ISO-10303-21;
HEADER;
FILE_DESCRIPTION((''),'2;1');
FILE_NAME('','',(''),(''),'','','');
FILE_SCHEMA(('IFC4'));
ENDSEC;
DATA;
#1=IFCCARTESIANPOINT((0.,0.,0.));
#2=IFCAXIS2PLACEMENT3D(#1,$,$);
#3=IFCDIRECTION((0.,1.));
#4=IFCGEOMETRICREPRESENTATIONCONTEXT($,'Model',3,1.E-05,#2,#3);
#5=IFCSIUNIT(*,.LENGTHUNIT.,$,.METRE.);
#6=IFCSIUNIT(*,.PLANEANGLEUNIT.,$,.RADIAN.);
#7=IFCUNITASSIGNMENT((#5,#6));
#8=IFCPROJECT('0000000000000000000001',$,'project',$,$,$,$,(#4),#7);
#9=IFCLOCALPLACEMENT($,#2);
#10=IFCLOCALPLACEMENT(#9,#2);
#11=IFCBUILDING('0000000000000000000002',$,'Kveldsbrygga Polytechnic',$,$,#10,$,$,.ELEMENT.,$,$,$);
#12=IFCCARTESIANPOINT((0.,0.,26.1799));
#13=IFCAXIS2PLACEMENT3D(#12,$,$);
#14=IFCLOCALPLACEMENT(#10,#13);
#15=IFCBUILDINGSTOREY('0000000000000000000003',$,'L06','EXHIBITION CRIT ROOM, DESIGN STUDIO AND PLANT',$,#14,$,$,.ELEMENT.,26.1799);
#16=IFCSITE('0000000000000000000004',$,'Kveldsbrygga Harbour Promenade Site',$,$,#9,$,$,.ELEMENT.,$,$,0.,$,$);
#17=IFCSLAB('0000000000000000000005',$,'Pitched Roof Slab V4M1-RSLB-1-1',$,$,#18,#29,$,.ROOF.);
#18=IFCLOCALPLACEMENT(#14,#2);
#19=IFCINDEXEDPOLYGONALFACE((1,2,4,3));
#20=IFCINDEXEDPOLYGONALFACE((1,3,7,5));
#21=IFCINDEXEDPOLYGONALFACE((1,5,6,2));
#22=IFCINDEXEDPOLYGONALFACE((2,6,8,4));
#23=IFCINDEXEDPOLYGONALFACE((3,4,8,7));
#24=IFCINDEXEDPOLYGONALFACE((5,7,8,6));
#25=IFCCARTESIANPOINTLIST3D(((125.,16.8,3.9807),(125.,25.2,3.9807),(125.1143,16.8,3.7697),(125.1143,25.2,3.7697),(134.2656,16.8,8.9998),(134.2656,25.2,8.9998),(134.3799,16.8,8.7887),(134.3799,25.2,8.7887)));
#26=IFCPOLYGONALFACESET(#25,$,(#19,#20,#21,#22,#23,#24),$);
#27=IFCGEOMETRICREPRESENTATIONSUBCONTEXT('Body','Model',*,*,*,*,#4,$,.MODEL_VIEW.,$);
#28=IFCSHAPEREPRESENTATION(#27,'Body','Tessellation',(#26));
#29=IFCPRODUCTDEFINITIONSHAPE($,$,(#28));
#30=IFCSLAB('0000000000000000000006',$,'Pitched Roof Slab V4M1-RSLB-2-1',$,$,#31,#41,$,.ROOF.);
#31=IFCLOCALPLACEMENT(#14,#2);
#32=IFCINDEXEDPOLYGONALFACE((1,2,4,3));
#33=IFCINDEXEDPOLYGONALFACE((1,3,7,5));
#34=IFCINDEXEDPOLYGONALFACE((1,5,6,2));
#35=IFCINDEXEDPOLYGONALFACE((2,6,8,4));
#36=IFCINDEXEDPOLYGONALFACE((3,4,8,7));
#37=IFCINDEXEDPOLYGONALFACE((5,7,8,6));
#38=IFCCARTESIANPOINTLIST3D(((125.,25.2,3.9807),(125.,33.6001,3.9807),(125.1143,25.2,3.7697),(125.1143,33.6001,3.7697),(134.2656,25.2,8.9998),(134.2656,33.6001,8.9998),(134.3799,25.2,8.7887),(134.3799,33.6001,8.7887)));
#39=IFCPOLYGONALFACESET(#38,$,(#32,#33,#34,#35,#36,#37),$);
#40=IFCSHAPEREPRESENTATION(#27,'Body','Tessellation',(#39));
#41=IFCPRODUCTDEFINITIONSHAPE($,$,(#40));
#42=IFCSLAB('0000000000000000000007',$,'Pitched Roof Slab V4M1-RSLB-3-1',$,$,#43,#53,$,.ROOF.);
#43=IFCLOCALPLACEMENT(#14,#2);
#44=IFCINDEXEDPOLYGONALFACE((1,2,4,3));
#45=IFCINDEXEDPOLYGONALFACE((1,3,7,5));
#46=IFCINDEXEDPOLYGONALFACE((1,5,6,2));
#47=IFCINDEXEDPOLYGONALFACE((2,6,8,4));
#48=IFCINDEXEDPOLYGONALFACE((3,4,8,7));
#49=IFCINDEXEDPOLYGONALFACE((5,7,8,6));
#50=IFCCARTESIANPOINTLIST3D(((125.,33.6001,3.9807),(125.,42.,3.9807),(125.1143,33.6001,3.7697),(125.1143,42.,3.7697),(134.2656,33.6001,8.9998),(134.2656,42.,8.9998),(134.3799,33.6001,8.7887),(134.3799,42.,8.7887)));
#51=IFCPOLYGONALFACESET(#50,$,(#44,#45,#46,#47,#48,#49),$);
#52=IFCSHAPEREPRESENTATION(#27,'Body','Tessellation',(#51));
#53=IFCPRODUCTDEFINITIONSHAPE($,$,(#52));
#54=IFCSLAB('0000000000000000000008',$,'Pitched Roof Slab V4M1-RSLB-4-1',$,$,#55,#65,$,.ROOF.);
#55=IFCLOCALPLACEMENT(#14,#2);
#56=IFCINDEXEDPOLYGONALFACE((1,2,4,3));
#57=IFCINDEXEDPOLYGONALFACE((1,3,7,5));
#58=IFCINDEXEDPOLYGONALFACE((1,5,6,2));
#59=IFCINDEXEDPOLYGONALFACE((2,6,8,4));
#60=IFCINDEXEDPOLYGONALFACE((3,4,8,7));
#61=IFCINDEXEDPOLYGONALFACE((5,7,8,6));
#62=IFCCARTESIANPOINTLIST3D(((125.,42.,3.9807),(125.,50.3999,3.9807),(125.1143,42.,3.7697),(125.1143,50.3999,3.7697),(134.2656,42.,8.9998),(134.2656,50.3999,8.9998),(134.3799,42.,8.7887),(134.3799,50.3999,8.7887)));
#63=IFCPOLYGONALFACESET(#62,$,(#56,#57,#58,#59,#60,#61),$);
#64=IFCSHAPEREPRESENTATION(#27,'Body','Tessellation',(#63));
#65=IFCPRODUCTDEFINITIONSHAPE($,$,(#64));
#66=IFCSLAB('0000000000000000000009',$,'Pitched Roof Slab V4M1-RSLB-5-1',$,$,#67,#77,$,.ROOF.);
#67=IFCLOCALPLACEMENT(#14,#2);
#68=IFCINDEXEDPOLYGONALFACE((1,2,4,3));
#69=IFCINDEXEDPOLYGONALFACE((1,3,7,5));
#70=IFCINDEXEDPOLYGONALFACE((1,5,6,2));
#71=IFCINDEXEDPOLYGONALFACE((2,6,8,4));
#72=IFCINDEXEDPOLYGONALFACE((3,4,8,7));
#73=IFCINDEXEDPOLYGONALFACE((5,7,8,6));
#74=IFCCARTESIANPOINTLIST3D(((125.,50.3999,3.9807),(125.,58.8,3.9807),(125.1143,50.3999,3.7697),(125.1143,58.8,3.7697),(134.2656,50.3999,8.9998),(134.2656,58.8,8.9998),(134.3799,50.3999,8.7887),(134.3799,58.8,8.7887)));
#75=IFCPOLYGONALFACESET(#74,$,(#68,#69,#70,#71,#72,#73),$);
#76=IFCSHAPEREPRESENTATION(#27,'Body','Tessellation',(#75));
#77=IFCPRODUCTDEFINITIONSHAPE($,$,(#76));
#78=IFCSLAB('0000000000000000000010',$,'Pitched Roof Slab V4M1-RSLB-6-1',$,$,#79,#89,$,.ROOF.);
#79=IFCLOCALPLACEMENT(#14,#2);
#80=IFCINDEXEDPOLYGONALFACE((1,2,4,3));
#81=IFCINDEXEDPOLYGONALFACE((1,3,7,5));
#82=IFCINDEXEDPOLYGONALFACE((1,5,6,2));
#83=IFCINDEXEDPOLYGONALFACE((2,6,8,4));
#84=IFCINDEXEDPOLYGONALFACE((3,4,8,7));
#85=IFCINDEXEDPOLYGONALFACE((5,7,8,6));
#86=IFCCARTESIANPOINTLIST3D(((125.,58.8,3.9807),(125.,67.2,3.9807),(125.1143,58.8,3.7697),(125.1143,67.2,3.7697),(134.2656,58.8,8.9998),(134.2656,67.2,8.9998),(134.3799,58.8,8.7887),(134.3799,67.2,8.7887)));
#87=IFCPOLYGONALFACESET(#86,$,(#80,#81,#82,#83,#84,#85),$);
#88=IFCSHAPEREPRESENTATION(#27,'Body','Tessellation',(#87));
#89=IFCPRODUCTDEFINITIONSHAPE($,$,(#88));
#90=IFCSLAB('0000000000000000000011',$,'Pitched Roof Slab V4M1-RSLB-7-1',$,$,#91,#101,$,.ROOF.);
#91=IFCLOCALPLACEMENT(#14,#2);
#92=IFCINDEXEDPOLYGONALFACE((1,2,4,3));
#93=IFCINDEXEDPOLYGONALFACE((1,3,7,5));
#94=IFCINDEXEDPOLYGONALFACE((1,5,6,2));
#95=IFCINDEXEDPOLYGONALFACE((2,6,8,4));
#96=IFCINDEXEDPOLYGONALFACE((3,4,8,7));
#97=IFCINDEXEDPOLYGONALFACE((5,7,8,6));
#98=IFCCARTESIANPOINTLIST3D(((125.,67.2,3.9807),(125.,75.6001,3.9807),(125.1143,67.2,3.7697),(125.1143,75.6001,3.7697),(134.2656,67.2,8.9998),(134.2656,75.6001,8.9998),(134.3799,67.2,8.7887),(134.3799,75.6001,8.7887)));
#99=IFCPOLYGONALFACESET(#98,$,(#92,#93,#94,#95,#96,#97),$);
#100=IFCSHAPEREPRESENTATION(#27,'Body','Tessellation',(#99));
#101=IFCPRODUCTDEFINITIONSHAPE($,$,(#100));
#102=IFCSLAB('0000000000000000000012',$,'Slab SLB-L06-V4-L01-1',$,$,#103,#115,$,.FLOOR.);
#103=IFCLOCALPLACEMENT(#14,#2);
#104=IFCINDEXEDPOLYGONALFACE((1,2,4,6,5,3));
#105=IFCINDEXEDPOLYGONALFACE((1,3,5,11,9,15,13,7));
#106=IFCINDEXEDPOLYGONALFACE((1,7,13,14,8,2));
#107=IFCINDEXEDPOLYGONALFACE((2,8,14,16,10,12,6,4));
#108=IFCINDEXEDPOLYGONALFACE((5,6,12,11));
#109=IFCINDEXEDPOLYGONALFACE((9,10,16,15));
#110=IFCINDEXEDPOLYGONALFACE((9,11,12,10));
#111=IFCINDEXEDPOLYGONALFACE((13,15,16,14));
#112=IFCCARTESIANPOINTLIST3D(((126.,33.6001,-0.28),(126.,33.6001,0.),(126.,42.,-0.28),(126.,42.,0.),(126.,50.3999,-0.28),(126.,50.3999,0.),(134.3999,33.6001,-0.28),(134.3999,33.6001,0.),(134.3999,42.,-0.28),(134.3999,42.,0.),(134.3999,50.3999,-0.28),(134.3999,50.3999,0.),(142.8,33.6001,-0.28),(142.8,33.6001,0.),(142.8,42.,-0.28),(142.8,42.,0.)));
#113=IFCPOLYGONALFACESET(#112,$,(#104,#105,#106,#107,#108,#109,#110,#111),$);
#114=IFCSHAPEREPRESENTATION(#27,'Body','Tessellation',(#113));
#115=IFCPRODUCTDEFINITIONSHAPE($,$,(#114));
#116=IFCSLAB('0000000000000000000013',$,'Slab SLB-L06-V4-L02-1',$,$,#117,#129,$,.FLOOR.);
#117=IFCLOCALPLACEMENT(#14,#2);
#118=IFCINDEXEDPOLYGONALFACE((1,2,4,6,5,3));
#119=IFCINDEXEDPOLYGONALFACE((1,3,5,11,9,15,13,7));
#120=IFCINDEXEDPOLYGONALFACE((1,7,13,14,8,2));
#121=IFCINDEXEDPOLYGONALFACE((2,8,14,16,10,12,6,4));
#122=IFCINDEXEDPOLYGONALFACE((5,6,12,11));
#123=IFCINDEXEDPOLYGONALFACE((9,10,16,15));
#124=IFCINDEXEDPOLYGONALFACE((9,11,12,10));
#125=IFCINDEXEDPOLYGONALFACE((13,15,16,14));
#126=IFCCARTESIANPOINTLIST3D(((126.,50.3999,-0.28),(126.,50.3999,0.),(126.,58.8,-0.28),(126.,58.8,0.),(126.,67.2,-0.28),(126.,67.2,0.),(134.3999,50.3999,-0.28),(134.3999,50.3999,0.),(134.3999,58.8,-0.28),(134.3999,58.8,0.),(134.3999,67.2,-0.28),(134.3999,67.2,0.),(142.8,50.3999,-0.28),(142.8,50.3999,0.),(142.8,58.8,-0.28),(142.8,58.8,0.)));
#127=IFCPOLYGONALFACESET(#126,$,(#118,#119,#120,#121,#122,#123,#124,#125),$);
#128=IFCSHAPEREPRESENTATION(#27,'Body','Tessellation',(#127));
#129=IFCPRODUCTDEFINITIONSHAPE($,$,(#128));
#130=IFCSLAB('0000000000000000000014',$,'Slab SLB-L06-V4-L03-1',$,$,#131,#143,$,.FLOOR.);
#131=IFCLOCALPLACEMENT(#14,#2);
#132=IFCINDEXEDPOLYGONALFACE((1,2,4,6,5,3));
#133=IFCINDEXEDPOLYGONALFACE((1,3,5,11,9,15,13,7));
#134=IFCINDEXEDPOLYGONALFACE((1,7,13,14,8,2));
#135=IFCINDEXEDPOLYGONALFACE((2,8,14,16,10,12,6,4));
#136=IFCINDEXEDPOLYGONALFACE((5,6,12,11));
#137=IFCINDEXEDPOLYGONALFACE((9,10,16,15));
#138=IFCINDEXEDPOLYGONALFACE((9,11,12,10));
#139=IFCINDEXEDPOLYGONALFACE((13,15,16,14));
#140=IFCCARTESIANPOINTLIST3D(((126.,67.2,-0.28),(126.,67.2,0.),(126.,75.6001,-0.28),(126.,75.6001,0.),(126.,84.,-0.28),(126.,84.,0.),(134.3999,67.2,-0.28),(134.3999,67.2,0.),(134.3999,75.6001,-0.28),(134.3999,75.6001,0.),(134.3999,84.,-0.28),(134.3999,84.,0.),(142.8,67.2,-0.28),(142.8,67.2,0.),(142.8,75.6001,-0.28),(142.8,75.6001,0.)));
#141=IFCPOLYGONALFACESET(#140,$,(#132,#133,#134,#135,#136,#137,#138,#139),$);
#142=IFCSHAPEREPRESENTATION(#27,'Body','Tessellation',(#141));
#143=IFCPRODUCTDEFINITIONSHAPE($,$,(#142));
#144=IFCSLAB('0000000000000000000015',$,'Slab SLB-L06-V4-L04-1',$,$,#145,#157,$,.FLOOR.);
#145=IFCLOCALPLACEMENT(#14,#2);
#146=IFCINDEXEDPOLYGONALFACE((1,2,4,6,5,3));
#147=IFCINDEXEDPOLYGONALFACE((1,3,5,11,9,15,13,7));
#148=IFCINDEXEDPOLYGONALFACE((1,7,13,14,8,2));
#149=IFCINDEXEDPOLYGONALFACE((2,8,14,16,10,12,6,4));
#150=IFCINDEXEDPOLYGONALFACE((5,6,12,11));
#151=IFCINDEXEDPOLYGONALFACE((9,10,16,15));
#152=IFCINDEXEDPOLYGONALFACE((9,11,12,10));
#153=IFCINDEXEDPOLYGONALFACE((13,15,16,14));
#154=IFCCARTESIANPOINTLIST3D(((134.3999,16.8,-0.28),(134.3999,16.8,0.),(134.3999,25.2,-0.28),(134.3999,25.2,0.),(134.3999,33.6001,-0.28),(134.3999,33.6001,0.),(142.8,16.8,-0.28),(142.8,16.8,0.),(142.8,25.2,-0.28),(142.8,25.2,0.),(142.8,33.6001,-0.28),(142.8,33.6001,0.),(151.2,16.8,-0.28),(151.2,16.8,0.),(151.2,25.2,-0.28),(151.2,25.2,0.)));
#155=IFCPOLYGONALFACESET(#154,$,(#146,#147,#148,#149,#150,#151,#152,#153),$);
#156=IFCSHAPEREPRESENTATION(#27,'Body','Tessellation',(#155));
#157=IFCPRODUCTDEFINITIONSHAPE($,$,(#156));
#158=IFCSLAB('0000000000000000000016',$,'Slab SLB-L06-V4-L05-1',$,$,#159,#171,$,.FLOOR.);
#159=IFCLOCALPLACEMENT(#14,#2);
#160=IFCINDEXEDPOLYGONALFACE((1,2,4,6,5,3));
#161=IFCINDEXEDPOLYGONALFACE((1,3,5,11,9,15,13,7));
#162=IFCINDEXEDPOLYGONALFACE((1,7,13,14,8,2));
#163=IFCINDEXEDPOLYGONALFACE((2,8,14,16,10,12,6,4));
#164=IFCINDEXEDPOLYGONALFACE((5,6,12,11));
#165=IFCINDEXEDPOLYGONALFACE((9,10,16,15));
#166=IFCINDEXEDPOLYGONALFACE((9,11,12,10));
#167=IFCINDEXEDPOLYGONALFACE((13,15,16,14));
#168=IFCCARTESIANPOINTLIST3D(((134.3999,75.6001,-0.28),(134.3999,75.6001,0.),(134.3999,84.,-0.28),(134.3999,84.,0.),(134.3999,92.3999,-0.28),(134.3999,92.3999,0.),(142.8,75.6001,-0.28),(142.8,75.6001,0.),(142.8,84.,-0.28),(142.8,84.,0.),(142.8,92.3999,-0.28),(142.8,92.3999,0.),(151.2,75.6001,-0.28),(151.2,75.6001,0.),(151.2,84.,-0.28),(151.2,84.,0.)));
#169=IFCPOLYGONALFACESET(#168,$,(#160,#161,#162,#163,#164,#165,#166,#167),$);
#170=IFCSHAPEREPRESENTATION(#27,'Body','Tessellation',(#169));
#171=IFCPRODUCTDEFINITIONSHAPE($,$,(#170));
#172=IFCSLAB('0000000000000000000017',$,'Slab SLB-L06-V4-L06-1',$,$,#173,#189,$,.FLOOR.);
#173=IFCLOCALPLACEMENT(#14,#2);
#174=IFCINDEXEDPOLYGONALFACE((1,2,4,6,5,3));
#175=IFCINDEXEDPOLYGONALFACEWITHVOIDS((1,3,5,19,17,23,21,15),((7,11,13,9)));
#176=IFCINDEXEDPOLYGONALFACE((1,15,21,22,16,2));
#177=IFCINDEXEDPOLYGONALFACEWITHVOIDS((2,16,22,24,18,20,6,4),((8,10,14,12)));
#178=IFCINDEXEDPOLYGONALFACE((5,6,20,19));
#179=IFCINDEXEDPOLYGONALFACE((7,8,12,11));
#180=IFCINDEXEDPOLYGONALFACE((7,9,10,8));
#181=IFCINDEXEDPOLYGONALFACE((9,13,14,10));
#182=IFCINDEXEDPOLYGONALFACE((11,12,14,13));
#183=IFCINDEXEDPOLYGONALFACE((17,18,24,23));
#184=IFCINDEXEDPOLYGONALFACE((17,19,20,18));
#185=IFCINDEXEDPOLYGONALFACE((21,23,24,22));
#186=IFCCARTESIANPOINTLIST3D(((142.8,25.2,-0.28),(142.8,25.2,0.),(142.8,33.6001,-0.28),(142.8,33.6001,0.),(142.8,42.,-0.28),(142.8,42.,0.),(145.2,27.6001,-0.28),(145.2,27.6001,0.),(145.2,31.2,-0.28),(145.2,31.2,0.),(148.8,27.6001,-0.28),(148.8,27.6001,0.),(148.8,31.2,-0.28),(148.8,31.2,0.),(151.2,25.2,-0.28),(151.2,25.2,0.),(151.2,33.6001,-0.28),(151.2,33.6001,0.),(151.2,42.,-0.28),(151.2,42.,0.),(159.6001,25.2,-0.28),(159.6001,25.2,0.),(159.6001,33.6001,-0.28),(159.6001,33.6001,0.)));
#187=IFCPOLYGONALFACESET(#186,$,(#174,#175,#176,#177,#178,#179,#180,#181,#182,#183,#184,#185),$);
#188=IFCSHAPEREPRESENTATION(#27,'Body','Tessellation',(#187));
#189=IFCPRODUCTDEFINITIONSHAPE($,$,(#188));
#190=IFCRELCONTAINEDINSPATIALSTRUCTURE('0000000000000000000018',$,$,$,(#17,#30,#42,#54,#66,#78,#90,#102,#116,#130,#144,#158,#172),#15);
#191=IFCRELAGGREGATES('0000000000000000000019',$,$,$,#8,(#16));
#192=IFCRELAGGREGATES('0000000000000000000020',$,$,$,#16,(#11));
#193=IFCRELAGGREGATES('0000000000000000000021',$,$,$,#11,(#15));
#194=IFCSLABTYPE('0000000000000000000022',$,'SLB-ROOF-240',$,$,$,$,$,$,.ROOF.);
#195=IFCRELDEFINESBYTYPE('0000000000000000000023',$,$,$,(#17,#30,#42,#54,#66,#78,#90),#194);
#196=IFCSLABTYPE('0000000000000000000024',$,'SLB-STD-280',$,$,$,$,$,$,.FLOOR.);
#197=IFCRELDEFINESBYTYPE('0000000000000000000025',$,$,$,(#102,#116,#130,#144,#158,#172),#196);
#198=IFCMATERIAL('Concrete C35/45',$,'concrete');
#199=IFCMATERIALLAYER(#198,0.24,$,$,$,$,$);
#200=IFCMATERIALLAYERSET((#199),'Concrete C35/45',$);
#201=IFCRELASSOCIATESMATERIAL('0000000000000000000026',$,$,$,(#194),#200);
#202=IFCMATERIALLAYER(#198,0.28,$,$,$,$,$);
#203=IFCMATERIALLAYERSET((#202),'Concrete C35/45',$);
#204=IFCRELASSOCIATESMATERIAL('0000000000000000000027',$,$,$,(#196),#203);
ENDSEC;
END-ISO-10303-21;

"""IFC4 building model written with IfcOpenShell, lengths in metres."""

from ifc_helpers import new_model, si_unit, direction, frame, origin, place, context, subcontext, project, spatial, polyline, outline, extrude, material, layer, layer_set, type_object, element, save


model = new_model("IFC4")

# Units and contexts
model_context = context("Model", 3, precision=1e-05, world=origin(), true_north=direction((0.0, 1.0)))
body_context = subcontext(model_context, "Body", "Model", "MODEL_VIEW")
ifc_project = project(units=[si_unit("LENGTHUNIT", "METRE"), si_unit("PLANEANGLEUNIT", "RADIAN")], contexts=[model_context])

# Site, building, storey
site_placement = place(None, origin())
site = spatial("IfcSite", under=ifc_project, at=site_placement, Name="Kveldsbrygga Harbour Promenade Site", CompositionType="ELEMENT", RefElevation=0.0)
building_placement = place(site_placement, origin())
building = spatial("IfcBuilding", under=site, at=building_placement, Name="Kveldsbrygga Polytechnic", CompositionType="ELEMENT")
storey_placement = place(building_placement, frame((0.0, 0.0, 26.1799)))
storey = spatial("IfcBuildingStorey", under=building, at=storey_placement, Name="L06", Description="EXHIBITION CRIT ROOM, DESIGN STUDIO AND PLANT", CompositionType="ELEMENT", Elevation=26.1799)

# Slabs
ifc_material = material(Name="Concrete C35/45", Category="concrete")
ifc_layer_1 = layer(ifc_material, 0.24)
ifc_layer_set_1 = layer_set([ifc_layer_1], Name="Concrete C35/45")
slab_type_1 = type_object("IfcSlabType", Name="SLB-ROOF-240", PredefinedType="ROOF", material=ifc_layer_set_1)
slab_1_placement = place(storey_placement, frame((125.0, 16.8, 3.9807), z_axis=(-0.476295, 0.0, 0.879285), x_axis=(0.879285, 0.0, 0.476295)))
element("IfcSlab", 1, at=slab_1_placement, inside=storey, type_object=slab_type_1, Name="Pitched Roof Slab V4M1-RSLB-1-1", PredefinedType="ROOF", context=body_context, shape_type="SweptSolid", body=[
    extrude(outline(polyline([(0.0, 0.0), (10.5377, 0.0), (10.5377, 8.3999), (0.0, 8.3999), (0.0, 0.0)])), origin(), (0.0, 0.0, -1.0), 0.24),
])
slab_2_placement = place(storey_placement, frame((125.0, 25.2, 3.9807), z_axis=(-0.476295, 0.0, 0.879285), x_axis=(0.879285, 0.0, 0.476295)))
element("IfcSlab", 2, at=slab_2_placement, inside=storey, type_object=slab_type_1, Name="Pitched Roof Slab V4M1-RSLB-2-1", PredefinedType="ROOF", context=body_context, shape_type="SweptSolid", body=[
    extrude(outline(polyline([(0.0, 0.0), (10.5377, 0.0), (10.5377, 8.4001), (0.0, 8.4001), (0.0, 0.0)])), origin(), (0.0, 0.0, -1.0), 0.24),
])
for number, where, z_axis, x_axis, name in (
    (3, (125.0, 33.6001, 3.9807), (-0.476295, 0.0, 0.879285), (0.879285, 0.0, 0.476295), "Pitched Roof Slab V4M1-RSLB-3-1"),
    (4, (125.0, 42.0, 3.9807), (-0.476295, 0.0, 0.879285), (0.879285, 0.0, 0.476295), "Pitched Roof Slab V4M1-RSLB-4-1"),
):
    element("IfcSlab", number, at=place(storey_placement, frame(where, z_axis=z_axis, x_axis=x_axis)), inside=storey, type_object=slab_type_1, Name=name, PredefinedType="ROOF", context=body_context, shape_type="SweptSolid", body=[
        extrude(outline(polyline([(0.0, 0.0), (10.5377, 0.0), (10.5377, 8.3999), (0.0, 8.3999), (0.0, 0.0)])), origin(), (0.0, 0.0, -1.0), 0.24),
    ])
slab_3_placement = place(storey_placement, frame((125.0, 50.3999, 3.9807), z_axis=(-0.476295, 0.0, 0.879285), x_axis=(0.879285, 0.0, 0.476295)))
element("IfcSlab", 5, at=slab_3_placement, inside=storey, type_object=slab_type_1, Name="Pitched Roof Slab V4M1-RSLB-5-1", PredefinedType="ROOF", context=body_context, shape_type="SweptSolid", body=[
    extrude(outline(polyline([(0.0, 0.0), (10.5377, 0.0), (10.5377, 8.4001), (0.0, 8.4001), (0.0, 0.0)])), origin(), (0.0, 0.0, -1.0), 0.24),
])
slab_4_placement = place(storey_placement, frame((125.0, 58.8, 3.9807), z_axis=(-0.476295, 0.0, 0.879285), x_axis=(0.879285, 0.0, 0.476295)))
element("IfcSlab", 6, at=slab_4_placement, inside=storey, type_object=slab_type_1, Name="Pitched Roof Slab V4M1-RSLB-6-1", PredefinedType="ROOF", context=body_context, shape_type="SweptSolid", body=[
    extrude(outline(polyline([(0.0, 0.0), (10.5377, 0.0), (10.5377, 8.3999), (0.0, 8.3999), (0.0, 0.0)])), origin(), (0.0, 0.0, -1.0), 0.24),
])
slab_5_placement = place(storey_placement, frame((125.0, 67.2, 3.9807), z_axis=(-0.476295, 0.0, 0.879285), x_axis=(0.879285, 0.0, 0.476295)))
element("IfcSlab", 7, at=slab_5_placement, inside=storey, type_object=slab_type_1, Name="Pitched Roof Slab V4M1-RSLB-7-1", PredefinedType="ROOF", context=body_context, shape_type="SweptSolid", body=[
    extrude(outline(polyline([(0.0, 0.0), (10.5377, 0.0), (10.5377, 8.4001), (0.0, 8.4001), (0.0, 0.0)])), origin(), (0.0, 0.0, -1.0), 0.24),
])
ifc_layer_2 = layer(ifc_material, 0.28)
ifc_layer_set_2 = layer_set([ifc_layer_2], Name="Concrete C35/45")
slab_type_2 = type_object("IfcSlabType", Name="SLB-STD-280", PredefinedType="FLOOR", material=ifc_layer_set_2)
slab_6_placement = place(storey_placement, frame((0.0, 0.0, -0.28)))
element("IfcSlab", 8, at=slab_6_placement, inside=storey, type_object=slab_type_2, Name="Slab SLB-L06-V4-L01-1", PredefinedType="FLOOR", context=body_context, shape_type="SweptSolid", body=[
    extrude(outline(polyline([(126.0, 33.6001), (126.0, 42.0), (126.0, 50.3999), (134.3999, 50.3999), (134.3999, 42.0), (142.8, 42.0), (142.8, 33.6001), (134.3999, 33.6001), (126.0, 33.6001)])), origin(), (0.0, 0.0, 1.0), 0.28),
])
slab_7_placement = place(storey_placement, frame((0.0, 0.0, -0.28)))
element("IfcSlab", 9, at=slab_7_placement, inside=storey, type_object=slab_type_2, Name="Slab SLB-L06-V4-L02-1", PredefinedType="FLOOR", context=body_context, shape_type="SweptSolid", body=[
    extrude(outline(polyline([(126.0, 50.3999), (126.0, 58.8), (126.0, 67.2), (134.3999, 67.2), (134.3999, 58.8), (142.8, 58.8), (142.8, 50.3999), (134.3999, 50.3999), (126.0, 50.3999)])), origin(), (0.0, 0.0, 1.0), 0.28),
])
slab_8_placement = place(storey_placement, frame((0.0, 0.0, -0.28)))
element("IfcSlab", 10, at=slab_8_placement, inside=storey, type_object=slab_type_2, Name="Slab SLB-L06-V4-L03-1", PredefinedType="FLOOR", context=body_context, shape_type="SweptSolid", body=[
    extrude(outline(polyline([(126.0, 67.2), (126.0, 75.6001), (126.0, 84.0), (134.3999, 84.0), (134.3999, 75.6001), (142.8, 75.6001), (142.8, 67.2), (134.3999, 67.2), (126.0, 67.2)])), origin(), (0.0, 0.0, 1.0), 0.28),
])
slab_9_placement = place(storey_placement, frame((0.0, 0.0, -0.28)))
element("IfcSlab", 11, at=slab_9_placement, inside=storey, type_object=slab_type_2, Name="Slab SLB-L06-V4-L04-1", PredefinedType="FLOOR", context=body_context, shape_type="SweptSolid", body=[
    extrude(outline(polyline([(134.3999, 16.8), (134.3999, 25.2), (134.3999, 33.6001), (142.8, 33.6001), (142.8, 25.2), (151.2, 25.2), (151.2, 16.8), (142.8, 16.8), (134.3999, 16.8)])), origin(), (0.0, 0.0, 1.0), 0.28),
])
slab_10_placement = place(storey_placement, frame((0.0, 0.0, -0.28)))
element("IfcSlab", 12, at=slab_10_placement, inside=storey, type_object=slab_type_2, Name="Slab SLB-L06-V4-L05-1", PredefinedType="FLOOR", context=body_context, shape_type="SweptSolid", body=[
    extrude(outline(polyline([(134.3999, 75.6001), (134.3999, 84.0), (134.3999, 92.3999), (142.8, 92.3999), (142.8, 84.0), (151.2, 84.0), (151.2, 75.6001), (142.8, 75.6001), (134.3999, 75.6001)])), origin(), (0.0, 0.0, 1.0), 0.28),
])
slab_11_placement = place(storey_placement, frame((0.0, 0.0, -0.28)))
element("IfcSlab", 13, at=slab_11_placement, inside=storey, type_object=slab_type_2, Name="Slab SLB-L06-V4-L06-1", PredefinedType="FLOOR", context=body_context, shape_type="SweptSolid", body=[
    extrude(outline(polyline([(142.8, 25.2), (142.8, 33.6001), (142.8, 42.0), (151.2, 42.0), (151.2, 33.6001), (159.6001, 33.6001), (159.6001, 25.2), (151.2, 25.2), (142.8, 25.2)]), holes=[polyline([(145.2, 27.6001), (148.8, 27.6001), (148.8, 31.2), (145.2, 31.2), (145.2, 27.6001)])]), origin(), (0.0, 0.0, 1.0), 0.28),
])

save(model, "model.ifc")
